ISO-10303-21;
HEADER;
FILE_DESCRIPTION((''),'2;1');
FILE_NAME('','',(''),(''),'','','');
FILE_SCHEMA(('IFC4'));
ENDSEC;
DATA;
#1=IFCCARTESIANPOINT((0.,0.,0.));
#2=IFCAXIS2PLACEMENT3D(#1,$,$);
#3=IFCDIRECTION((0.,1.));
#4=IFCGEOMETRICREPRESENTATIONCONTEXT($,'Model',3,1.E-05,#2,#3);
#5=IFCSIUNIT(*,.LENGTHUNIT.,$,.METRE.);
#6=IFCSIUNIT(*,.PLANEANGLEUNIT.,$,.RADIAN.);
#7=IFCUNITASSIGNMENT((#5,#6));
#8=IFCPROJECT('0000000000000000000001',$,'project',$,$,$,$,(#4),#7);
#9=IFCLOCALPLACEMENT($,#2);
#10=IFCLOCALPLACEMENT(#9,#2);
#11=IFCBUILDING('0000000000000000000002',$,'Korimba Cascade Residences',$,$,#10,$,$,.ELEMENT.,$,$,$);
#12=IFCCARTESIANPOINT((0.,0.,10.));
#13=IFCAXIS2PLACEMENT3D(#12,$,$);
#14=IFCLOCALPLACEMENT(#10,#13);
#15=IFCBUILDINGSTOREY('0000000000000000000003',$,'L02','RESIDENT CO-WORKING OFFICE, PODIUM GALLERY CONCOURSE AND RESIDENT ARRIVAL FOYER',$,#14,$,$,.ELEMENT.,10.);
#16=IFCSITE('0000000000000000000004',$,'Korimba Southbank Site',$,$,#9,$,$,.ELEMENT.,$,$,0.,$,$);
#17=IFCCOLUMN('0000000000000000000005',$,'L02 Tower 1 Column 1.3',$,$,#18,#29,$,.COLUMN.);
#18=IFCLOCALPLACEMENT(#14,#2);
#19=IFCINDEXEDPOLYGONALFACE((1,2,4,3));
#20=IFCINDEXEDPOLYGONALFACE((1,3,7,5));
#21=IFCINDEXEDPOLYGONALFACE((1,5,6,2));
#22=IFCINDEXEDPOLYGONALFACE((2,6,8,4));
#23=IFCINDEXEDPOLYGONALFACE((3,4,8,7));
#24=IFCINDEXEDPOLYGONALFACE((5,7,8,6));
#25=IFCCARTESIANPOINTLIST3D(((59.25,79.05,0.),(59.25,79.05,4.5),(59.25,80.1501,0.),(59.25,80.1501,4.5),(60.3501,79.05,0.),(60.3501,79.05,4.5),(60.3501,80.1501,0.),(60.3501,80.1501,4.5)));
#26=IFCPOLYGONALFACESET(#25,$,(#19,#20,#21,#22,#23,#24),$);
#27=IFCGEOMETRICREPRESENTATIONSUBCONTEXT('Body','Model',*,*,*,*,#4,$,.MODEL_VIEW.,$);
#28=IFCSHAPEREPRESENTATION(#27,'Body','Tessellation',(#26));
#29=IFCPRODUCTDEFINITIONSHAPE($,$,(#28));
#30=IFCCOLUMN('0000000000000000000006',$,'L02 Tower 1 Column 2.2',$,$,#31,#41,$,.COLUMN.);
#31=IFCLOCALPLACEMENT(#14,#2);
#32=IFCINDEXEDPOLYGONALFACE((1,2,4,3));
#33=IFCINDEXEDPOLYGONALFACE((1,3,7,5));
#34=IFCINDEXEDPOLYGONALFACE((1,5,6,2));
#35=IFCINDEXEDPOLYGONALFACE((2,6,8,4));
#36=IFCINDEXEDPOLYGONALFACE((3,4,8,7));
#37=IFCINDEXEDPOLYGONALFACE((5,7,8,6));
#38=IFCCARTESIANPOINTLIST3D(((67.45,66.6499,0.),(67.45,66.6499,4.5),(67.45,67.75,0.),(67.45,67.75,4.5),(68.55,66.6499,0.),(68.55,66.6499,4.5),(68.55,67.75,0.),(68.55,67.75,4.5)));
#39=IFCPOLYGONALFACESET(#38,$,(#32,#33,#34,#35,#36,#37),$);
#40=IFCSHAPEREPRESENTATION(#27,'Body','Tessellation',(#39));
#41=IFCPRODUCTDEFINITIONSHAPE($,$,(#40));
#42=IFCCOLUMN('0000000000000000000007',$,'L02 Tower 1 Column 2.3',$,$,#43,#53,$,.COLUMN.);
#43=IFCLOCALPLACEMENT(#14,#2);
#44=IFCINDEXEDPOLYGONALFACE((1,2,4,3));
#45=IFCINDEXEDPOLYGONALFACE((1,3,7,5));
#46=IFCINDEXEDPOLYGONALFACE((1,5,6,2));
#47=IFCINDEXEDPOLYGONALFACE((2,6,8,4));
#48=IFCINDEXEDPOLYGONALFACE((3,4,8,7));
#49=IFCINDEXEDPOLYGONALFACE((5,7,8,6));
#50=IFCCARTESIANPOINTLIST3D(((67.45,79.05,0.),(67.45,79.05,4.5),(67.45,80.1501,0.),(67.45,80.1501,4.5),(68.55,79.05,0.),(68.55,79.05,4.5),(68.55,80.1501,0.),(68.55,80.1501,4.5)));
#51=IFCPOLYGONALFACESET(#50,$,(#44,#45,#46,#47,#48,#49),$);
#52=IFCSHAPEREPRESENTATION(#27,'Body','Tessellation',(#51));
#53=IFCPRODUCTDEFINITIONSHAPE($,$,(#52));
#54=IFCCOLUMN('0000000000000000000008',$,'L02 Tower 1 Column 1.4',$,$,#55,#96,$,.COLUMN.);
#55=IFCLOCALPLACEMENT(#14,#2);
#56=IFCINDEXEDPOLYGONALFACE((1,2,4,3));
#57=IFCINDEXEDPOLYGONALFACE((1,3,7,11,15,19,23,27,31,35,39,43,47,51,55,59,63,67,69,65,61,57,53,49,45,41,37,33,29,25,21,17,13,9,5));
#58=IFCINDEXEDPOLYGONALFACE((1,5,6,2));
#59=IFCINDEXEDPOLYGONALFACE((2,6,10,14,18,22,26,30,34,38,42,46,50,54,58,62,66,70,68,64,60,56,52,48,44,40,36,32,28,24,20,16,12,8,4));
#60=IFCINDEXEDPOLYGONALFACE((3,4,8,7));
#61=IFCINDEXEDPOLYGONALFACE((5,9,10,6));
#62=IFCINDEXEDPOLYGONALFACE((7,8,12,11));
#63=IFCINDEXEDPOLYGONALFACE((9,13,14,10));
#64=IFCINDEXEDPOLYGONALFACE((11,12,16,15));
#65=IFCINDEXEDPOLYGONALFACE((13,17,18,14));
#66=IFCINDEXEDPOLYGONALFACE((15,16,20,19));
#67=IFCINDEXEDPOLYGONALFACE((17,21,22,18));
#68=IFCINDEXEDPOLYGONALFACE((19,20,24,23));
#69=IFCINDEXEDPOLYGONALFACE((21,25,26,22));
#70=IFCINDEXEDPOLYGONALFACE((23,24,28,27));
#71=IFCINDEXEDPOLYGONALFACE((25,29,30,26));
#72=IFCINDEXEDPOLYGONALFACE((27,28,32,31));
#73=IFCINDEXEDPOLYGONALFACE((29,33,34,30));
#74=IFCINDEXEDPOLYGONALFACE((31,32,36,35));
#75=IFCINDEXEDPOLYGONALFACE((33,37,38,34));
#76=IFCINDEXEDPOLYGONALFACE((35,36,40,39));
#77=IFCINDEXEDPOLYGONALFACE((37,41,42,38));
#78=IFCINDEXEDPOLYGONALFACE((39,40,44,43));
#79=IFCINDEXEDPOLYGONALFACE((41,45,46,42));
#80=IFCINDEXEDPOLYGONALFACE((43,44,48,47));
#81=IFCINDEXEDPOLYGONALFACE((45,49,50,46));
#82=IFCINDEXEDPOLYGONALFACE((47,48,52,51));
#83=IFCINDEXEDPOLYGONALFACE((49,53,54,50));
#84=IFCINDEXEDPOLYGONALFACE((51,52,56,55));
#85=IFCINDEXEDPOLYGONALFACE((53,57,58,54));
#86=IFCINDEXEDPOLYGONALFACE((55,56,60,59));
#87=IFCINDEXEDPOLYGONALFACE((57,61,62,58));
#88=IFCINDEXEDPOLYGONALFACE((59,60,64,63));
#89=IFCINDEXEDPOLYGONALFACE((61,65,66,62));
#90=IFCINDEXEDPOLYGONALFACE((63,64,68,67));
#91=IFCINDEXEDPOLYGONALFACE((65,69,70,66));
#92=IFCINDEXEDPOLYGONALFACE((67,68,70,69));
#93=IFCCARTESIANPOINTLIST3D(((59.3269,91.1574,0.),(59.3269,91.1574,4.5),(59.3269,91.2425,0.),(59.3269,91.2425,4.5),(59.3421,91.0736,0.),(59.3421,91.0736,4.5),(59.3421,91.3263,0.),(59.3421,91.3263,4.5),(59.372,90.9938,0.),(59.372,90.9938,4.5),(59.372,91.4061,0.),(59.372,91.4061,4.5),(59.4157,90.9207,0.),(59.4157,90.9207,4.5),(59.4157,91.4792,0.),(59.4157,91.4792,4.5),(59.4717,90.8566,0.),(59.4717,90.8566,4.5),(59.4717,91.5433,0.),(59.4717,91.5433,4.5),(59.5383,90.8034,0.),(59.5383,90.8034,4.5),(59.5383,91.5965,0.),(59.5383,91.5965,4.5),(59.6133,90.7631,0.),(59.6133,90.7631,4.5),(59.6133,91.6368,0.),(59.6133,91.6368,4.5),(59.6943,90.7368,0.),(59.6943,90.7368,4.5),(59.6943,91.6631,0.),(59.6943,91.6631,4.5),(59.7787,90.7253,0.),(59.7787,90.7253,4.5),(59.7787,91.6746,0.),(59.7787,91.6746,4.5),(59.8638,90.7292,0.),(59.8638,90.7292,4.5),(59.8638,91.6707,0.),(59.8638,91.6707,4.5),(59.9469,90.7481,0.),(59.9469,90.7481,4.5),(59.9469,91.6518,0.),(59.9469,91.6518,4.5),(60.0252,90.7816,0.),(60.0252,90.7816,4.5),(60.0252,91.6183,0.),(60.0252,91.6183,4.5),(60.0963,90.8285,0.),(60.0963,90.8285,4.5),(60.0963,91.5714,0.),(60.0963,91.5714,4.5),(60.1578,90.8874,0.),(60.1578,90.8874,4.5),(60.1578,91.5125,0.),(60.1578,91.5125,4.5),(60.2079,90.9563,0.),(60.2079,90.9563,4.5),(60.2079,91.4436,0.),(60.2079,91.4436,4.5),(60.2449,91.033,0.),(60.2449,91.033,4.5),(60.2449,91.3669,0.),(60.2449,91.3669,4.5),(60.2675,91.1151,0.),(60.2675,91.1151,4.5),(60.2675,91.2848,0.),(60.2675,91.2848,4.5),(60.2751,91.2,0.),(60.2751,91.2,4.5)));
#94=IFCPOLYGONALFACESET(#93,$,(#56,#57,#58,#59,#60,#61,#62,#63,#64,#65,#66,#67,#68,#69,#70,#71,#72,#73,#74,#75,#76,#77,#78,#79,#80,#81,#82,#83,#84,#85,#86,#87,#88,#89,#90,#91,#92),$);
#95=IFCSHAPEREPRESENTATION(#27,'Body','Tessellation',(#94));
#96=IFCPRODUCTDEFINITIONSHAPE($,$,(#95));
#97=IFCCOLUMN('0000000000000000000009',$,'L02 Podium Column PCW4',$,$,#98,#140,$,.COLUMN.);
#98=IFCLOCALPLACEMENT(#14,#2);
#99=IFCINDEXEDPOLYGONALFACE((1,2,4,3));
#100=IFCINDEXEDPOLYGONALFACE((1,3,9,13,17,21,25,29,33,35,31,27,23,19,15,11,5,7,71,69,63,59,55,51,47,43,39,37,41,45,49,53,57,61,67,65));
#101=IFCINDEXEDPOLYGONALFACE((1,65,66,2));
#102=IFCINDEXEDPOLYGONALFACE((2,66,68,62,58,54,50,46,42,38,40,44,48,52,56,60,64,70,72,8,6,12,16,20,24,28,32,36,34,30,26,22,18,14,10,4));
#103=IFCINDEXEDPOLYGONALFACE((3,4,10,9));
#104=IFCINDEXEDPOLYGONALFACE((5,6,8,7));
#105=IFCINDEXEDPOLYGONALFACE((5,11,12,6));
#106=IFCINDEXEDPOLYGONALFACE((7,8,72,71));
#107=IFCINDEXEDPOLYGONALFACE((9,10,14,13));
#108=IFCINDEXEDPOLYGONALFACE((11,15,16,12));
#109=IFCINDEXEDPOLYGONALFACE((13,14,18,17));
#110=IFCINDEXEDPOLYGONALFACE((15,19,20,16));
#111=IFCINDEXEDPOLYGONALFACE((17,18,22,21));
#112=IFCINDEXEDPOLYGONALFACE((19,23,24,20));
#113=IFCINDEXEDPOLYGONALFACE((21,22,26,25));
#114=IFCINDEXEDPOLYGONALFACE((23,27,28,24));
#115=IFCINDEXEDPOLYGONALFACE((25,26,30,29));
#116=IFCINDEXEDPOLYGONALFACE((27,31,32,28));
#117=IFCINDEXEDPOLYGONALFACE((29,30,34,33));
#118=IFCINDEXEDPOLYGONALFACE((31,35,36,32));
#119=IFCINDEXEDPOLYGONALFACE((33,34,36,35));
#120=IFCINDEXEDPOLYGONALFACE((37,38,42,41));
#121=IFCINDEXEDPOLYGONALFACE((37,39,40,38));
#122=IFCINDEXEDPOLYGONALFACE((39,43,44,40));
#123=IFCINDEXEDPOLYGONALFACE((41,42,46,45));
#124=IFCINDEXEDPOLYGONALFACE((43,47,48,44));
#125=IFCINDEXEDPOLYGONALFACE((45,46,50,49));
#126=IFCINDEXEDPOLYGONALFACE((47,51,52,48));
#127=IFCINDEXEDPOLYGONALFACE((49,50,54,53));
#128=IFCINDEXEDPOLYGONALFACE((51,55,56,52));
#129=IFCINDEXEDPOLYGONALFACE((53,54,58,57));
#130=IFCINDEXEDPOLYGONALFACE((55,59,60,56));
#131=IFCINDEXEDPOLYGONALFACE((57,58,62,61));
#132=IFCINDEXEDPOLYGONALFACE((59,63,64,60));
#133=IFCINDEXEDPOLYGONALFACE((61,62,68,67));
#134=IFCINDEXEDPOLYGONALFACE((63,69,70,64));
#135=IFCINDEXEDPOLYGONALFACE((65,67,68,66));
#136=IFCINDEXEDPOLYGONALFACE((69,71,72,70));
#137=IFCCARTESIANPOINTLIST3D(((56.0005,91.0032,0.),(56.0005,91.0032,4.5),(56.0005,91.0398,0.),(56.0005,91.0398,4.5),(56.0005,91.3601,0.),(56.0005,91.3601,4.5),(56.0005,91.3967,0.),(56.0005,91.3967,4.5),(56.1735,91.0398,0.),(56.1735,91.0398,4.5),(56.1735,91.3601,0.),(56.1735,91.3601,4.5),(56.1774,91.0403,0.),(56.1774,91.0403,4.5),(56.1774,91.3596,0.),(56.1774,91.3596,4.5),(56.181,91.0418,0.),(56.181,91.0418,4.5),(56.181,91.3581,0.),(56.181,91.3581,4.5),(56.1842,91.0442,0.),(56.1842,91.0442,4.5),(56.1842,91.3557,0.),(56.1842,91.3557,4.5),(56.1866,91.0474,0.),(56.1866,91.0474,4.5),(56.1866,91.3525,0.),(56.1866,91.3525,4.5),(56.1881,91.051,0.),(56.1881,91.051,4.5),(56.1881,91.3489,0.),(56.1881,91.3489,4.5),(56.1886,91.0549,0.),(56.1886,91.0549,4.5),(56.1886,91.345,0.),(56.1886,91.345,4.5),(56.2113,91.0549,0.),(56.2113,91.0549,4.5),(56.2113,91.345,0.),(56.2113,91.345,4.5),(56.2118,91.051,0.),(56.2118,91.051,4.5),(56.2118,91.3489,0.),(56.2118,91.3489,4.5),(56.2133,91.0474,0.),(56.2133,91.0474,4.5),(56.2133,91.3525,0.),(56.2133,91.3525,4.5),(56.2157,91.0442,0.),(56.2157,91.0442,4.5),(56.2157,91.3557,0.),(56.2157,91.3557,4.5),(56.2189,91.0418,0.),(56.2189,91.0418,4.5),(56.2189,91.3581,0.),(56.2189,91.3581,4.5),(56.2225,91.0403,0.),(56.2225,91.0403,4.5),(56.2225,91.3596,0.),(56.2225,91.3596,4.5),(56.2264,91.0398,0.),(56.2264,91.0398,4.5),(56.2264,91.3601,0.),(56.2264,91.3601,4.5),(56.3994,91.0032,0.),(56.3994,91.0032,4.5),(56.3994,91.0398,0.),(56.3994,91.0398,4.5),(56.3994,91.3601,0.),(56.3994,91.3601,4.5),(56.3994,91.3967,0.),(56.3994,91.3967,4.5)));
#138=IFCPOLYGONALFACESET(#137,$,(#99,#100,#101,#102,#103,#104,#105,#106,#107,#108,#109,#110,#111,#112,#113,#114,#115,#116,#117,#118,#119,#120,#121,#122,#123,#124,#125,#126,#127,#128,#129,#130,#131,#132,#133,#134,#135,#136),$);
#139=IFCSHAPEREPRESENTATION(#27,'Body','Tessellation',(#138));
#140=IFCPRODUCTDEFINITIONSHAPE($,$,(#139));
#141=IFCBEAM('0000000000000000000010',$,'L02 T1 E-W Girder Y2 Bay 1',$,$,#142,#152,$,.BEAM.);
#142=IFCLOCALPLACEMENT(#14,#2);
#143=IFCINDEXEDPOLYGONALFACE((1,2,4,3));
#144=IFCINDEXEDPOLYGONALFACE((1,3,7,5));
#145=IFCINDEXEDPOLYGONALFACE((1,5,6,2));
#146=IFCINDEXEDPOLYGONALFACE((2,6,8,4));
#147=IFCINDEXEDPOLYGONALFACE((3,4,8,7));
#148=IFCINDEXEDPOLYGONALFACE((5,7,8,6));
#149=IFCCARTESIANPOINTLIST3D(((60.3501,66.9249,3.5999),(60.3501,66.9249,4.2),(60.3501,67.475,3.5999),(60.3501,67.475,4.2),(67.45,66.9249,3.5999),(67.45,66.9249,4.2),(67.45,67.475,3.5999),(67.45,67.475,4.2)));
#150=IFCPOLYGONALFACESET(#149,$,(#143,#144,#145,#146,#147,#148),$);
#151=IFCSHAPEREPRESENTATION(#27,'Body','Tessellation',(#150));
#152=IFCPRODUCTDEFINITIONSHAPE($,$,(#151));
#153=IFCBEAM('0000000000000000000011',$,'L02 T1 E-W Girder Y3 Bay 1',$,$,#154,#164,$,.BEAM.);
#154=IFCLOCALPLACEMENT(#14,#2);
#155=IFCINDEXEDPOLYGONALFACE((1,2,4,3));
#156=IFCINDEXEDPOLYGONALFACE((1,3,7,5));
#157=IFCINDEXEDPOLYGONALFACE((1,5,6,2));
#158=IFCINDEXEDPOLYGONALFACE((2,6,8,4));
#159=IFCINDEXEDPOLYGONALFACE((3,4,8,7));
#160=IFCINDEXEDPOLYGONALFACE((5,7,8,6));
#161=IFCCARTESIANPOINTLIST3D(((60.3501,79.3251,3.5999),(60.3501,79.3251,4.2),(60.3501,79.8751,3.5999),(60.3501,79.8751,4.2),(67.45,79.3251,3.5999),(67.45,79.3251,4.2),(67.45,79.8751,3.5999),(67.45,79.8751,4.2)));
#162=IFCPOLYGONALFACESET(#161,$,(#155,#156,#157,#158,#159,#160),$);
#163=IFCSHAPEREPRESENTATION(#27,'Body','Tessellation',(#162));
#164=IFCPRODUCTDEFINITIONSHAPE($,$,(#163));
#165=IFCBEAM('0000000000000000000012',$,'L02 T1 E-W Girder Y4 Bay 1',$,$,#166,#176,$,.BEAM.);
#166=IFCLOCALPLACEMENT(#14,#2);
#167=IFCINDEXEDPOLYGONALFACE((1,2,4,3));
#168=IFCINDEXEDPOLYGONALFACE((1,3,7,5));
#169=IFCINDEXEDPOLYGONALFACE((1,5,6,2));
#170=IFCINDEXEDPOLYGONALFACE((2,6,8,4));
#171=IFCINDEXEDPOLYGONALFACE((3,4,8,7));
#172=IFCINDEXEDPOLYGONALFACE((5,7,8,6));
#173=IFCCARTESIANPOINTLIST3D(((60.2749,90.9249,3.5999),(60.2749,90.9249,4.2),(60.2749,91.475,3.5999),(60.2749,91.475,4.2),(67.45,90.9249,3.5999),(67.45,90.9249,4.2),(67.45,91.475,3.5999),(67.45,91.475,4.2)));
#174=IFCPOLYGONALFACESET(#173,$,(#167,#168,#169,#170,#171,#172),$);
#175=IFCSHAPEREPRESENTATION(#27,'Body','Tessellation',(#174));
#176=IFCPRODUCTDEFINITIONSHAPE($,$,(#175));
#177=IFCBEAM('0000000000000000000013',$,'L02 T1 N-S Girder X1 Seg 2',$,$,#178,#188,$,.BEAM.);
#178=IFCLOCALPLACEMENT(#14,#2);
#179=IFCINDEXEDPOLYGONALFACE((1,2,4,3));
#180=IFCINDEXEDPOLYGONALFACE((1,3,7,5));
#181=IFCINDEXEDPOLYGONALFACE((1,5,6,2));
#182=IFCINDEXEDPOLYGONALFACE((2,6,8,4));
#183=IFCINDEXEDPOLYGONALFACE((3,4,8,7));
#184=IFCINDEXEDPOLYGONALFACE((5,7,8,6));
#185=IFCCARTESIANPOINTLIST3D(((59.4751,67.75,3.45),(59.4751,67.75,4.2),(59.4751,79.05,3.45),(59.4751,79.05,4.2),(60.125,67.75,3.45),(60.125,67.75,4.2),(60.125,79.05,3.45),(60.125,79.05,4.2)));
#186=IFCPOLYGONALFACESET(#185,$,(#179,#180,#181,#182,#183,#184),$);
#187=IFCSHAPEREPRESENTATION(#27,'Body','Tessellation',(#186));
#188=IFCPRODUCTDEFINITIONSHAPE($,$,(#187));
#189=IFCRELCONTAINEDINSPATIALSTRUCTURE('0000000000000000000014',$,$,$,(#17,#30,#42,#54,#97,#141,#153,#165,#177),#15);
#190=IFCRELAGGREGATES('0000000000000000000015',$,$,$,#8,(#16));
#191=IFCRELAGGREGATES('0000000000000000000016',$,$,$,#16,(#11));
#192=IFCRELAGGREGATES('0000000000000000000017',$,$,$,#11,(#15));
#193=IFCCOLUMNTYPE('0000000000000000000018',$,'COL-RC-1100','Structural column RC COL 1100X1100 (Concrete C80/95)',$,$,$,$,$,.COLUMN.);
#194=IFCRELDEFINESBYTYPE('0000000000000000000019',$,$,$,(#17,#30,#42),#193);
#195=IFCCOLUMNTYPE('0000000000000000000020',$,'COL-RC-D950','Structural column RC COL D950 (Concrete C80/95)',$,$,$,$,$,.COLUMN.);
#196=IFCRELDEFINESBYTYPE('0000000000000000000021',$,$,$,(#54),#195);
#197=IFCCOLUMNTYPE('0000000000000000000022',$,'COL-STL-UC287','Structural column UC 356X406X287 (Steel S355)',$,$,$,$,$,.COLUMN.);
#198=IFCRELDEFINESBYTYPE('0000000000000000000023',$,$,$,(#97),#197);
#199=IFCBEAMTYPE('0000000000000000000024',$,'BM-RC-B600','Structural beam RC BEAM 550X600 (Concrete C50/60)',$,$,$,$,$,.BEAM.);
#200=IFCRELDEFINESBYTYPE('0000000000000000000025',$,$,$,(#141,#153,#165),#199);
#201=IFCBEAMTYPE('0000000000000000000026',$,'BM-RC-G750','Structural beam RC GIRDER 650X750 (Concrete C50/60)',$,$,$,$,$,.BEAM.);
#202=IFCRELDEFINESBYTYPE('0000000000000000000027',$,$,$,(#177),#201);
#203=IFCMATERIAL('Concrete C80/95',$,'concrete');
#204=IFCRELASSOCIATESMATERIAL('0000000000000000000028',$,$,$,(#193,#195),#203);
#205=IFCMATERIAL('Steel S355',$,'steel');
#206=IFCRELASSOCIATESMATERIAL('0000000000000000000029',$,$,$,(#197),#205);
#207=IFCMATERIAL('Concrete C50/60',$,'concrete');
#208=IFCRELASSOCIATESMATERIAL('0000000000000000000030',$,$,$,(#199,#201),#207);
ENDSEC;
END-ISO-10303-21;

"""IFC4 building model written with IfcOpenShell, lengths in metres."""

from ifc_helpers import new_model, si_unit, direction, frame, origin, origin_2d, place, context, subcontext, project, spatial, rectangle, circle, i_section, extrude, material, material_profile, profile_set, type_object, element, save


model = new_model("IFC4")

# Units and contexts
model_context = context("Model", 3, precision=1e-05, world=origin(), true_north=direction((0.0, 1.0)))
body_context = subcontext(model_context, "Body", "Model", "MODEL_VIEW")
ifc_project = project(units=[si_unit("LENGTHUNIT", "METRE"), si_unit("PLANEANGLEUNIT", "RADIAN")], contexts=[model_context])

# Site, building, storey
site_placement = place(None, origin())
site = spatial("IfcSite", under=ifc_project, at=site_placement, Name="Korimba Southbank Site", CompositionType="ELEMENT", RefElevation=0.0)
building_placement = place(site_placement, origin())
building = spatial("IfcBuilding", under=site, at=building_placement, Name="Korimba Cascade Residences", CompositionType="ELEMENT")
storey_placement = place(building_placement, frame((0.0, 0.0, 10.0)))
storey = spatial("IfcBuildingStorey", under=building, at=storey_placement, Name="L02", Description="RESIDENT CO-WORKING OFFICE, PODIUM GALLERY CONCOURSE AND RESIDENT ARRIVAL FOYER", CompositionType="ELEMENT", Elevation=10.0)

# Columns
ifc_material_1 = material(Name="Concrete C80/95", Category="concrete")
ifc_material_profile_1 = material_profile(ifc_material_1, rectangle(XDim=1.1001, YDim=1.1001, at=origin_2d()), Name="Concrete C80/95")
ifc_profile_set_1 = profile_set([ifc_material_profile_1], Name="Concrete C80/95")
column_type_1 = type_object("IfcColumnType", Name="COL-RC-1100", Description="Structural column RC COL 1100X1100 (Concrete C80/95)", PredefinedType="COLUMN", material=ifc_profile_set_1)
for number, where, z_axis, x_axis, name in (
    (1, (59.8, 79.6001, 0.0), (0.0, 0.0, 1.0), (1.0, 0.0, 0.0), "L02 Tower 1 Column 1.3"),
    (2, (68.0, 67.2, 0.0), (0.0, 0.0, 1.0), (1.0, 0.0, 0.0), "L02 Tower 1 Column 2.2"),
    (3, (68.0, 79.6001, 0.0), (0.0, 0.0, 1.0), (1.0, 0.0, 0.0), "L02 Tower 1 Column 2.3"),
):
    element("IfcColumn", number, at=place(storey_placement, frame(where, z_axis=z_axis, x_axis=x_axis)), inside=storey, type_object=column_type_1, Name=name, PredefinedType="COLUMN", context=body_context, shape_type="SweptSolid", body=[
        extrude(rectangle(XDim=1.1001, YDim=1.1001, at=origin_2d()), origin(), (0.0, 0.0, 1.0), 4.5),
    ])
ifc_material_profile_2 = material_profile(ifc_material_1, circle(Radius=0.4751, at=origin_2d()), Name="Concrete C80/95")
ifc_profile_set_2 = profile_set([ifc_material_profile_2], Name="Concrete C80/95")
column_type_2 = type_object("IfcColumnType", Name="COL-RC-D950", Description="Structural column RC COL D950 (Concrete C80/95)", PredefinedType="COLUMN", material=ifc_profile_set_2)
column_1_placement = place(storey_placement, frame((59.8, 91.2, 0.0), z_axis=(0.0, 0.0, 1.0), x_axis=(1.0, 0.0, 0.0)))
element("IfcColumn", 4, at=column_1_placement, inside=storey, type_object=column_type_2, Name="L02 Tower 1 Column 1.4", PredefinedType="COLUMN", context=body_context, shape_type="SweptSolid", body=[
    extrude(circle(Radius=0.4751, at=origin_2d()), origin(), (0.0, 0.0, 1.0), 4.5),
])
ifc_material_2 = material(Name="Steel S355", Category="steel")
ifc_material_profile_3 = material_profile(ifc_material_2, i_section(OverallWidth=0.3989, OverallDepth=0.3936, WebThickness=0.0227, FlangeThickness=0.0366, FilletRadius=0.0151, at=origin_2d()), Name="Steel S355")
ifc_profile_set_3 = profile_set([ifc_material_profile_3], Name="Steel S355")
column_type_3 = type_object("IfcColumnType", Name="COL-STL-UC287", Description="Structural column UC 356X406X287 (Steel S355)", PredefinedType="COLUMN", material=ifc_profile_set_3)
column_2_placement = place(storey_placement, frame((56.2, 91.2, 0.0), z_axis=(0.0, 0.0, 1.0), x_axis=(1.0, 0.0, 0.0)))
element("IfcColumn", 5, at=column_2_placement, inside=storey, type_object=column_type_3, Name="L02 Podium Column PCW4", PredefinedType="COLUMN", context=body_context, shape_type="SweptSolid", body=[
    extrude(i_section(OverallWidth=0.3989, OverallDepth=0.3936, WebThickness=0.0227, FlangeThickness=0.0366, FilletRadius=0.0151, at=origin_2d()), origin(), (0.0, 0.0, 1.0), 4.5),
])

# Beams
ifc_material_3 = material(Name="Concrete C50/60", Category="concrete")
ifc_material_profile_4 = material_profile(ifc_material_3, rectangle(XDim=0.55, YDim=0.6001, at=origin_2d()), Name="Concrete C50/60")
ifc_profile_set_4 = profile_set([ifc_material_profile_4], Name="Concrete C50/60")
beam_type_1 = type_object("IfcBeamType", Name="BM-RC-B600", Description="Structural beam RC BEAM 550X600 (Concrete C50/60)", PredefinedType="BEAM", material=ifc_profile_set_4)
for number, where, z_axis, x_axis, name in (
    (6, (60.3501, 67.2, 3.8999), (1.0, 0.0, 0.0), (0.0, 1.0, 0.0), "L02 T1 E-W Girder Y2 Bay 1"),
    (7, (60.3501, 79.6001, 3.8999), (1.0, 0.0, 0.0), (0.0, 1.0, 0.0), "L02 T1 E-W Girder Y3 Bay 1"),
):
    element("IfcBeam", number, at=place(storey_placement, frame(where, z_axis=z_axis, x_axis=x_axis)), inside=storey, type_object=beam_type_1, Name=name, PredefinedType="BEAM", context=body_context, shape_type="SweptSolid", body=[
        extrude(rectangle(XDim=0.55, YDim=0.6001, at=origin_2d()), origin(), (0.0, 0.0, 1.0), 7.0999),
    ])
beam_1_placement = place(storey_placement, frame((60.2749, 91.2, 3.8999), z_axis=(1.0, 0.0, 0.0), x_axis=(0.0, 1.0, 0.0)))
element("IfcBeam", 8, at=beam_1_placement, inside=storey, type_object=beam_type_1, Name="L02 T1 E-W Girder Y4 Bay 1", PredefinedType="BEAM", context=body_context, shape_type="SweptSolid", body=[
    extrude(rectangle(XDim=0.55, YDim=0.6001, at=origin_2d()), origin(), (0.0, 0.0, 1.0), 7.175),
])
ifc_material_profile_5 = material_profile(ifc_material_3, rectangle(XDim=0.6499, YDim=0.75, at=origin_2d()), Name="Concrete C50/60")
ifc_profile_set_5 = profile_set([ifc_material_profile_5], Name="Concrete C50/60")
beam_type_2 = type_object("IfcBeamType", Name="BM-RC-G750", Description="Structural beam RC GIRDER 650X750 (Concrete C50/60)", PredefinedType="BEAM", material=ifc_profile_set_5)
beam_2_placement = place(storey_placement, frame((59.8, 67.75, 3.825), z_axis=(0.0, 1.0, 0.0), x_axis=(-1.0, 0.0, 0.0)))
element("IfcBeam", 9, at=beam_2_placement, inside=storey, type_object=beam_type_2, Name="L02 T1 N-S Girder X1 Seg 2", PredefinedType="BEAM", context=body_context, shape_type="SweptSolid", body=[
    extrude(rectangle(XDim=0.6499, YDim=0.75, at=origin_2d()), origin(), (0.0, 0.0, 1.0), 11.3),
])

save(model, "model.ifc")
